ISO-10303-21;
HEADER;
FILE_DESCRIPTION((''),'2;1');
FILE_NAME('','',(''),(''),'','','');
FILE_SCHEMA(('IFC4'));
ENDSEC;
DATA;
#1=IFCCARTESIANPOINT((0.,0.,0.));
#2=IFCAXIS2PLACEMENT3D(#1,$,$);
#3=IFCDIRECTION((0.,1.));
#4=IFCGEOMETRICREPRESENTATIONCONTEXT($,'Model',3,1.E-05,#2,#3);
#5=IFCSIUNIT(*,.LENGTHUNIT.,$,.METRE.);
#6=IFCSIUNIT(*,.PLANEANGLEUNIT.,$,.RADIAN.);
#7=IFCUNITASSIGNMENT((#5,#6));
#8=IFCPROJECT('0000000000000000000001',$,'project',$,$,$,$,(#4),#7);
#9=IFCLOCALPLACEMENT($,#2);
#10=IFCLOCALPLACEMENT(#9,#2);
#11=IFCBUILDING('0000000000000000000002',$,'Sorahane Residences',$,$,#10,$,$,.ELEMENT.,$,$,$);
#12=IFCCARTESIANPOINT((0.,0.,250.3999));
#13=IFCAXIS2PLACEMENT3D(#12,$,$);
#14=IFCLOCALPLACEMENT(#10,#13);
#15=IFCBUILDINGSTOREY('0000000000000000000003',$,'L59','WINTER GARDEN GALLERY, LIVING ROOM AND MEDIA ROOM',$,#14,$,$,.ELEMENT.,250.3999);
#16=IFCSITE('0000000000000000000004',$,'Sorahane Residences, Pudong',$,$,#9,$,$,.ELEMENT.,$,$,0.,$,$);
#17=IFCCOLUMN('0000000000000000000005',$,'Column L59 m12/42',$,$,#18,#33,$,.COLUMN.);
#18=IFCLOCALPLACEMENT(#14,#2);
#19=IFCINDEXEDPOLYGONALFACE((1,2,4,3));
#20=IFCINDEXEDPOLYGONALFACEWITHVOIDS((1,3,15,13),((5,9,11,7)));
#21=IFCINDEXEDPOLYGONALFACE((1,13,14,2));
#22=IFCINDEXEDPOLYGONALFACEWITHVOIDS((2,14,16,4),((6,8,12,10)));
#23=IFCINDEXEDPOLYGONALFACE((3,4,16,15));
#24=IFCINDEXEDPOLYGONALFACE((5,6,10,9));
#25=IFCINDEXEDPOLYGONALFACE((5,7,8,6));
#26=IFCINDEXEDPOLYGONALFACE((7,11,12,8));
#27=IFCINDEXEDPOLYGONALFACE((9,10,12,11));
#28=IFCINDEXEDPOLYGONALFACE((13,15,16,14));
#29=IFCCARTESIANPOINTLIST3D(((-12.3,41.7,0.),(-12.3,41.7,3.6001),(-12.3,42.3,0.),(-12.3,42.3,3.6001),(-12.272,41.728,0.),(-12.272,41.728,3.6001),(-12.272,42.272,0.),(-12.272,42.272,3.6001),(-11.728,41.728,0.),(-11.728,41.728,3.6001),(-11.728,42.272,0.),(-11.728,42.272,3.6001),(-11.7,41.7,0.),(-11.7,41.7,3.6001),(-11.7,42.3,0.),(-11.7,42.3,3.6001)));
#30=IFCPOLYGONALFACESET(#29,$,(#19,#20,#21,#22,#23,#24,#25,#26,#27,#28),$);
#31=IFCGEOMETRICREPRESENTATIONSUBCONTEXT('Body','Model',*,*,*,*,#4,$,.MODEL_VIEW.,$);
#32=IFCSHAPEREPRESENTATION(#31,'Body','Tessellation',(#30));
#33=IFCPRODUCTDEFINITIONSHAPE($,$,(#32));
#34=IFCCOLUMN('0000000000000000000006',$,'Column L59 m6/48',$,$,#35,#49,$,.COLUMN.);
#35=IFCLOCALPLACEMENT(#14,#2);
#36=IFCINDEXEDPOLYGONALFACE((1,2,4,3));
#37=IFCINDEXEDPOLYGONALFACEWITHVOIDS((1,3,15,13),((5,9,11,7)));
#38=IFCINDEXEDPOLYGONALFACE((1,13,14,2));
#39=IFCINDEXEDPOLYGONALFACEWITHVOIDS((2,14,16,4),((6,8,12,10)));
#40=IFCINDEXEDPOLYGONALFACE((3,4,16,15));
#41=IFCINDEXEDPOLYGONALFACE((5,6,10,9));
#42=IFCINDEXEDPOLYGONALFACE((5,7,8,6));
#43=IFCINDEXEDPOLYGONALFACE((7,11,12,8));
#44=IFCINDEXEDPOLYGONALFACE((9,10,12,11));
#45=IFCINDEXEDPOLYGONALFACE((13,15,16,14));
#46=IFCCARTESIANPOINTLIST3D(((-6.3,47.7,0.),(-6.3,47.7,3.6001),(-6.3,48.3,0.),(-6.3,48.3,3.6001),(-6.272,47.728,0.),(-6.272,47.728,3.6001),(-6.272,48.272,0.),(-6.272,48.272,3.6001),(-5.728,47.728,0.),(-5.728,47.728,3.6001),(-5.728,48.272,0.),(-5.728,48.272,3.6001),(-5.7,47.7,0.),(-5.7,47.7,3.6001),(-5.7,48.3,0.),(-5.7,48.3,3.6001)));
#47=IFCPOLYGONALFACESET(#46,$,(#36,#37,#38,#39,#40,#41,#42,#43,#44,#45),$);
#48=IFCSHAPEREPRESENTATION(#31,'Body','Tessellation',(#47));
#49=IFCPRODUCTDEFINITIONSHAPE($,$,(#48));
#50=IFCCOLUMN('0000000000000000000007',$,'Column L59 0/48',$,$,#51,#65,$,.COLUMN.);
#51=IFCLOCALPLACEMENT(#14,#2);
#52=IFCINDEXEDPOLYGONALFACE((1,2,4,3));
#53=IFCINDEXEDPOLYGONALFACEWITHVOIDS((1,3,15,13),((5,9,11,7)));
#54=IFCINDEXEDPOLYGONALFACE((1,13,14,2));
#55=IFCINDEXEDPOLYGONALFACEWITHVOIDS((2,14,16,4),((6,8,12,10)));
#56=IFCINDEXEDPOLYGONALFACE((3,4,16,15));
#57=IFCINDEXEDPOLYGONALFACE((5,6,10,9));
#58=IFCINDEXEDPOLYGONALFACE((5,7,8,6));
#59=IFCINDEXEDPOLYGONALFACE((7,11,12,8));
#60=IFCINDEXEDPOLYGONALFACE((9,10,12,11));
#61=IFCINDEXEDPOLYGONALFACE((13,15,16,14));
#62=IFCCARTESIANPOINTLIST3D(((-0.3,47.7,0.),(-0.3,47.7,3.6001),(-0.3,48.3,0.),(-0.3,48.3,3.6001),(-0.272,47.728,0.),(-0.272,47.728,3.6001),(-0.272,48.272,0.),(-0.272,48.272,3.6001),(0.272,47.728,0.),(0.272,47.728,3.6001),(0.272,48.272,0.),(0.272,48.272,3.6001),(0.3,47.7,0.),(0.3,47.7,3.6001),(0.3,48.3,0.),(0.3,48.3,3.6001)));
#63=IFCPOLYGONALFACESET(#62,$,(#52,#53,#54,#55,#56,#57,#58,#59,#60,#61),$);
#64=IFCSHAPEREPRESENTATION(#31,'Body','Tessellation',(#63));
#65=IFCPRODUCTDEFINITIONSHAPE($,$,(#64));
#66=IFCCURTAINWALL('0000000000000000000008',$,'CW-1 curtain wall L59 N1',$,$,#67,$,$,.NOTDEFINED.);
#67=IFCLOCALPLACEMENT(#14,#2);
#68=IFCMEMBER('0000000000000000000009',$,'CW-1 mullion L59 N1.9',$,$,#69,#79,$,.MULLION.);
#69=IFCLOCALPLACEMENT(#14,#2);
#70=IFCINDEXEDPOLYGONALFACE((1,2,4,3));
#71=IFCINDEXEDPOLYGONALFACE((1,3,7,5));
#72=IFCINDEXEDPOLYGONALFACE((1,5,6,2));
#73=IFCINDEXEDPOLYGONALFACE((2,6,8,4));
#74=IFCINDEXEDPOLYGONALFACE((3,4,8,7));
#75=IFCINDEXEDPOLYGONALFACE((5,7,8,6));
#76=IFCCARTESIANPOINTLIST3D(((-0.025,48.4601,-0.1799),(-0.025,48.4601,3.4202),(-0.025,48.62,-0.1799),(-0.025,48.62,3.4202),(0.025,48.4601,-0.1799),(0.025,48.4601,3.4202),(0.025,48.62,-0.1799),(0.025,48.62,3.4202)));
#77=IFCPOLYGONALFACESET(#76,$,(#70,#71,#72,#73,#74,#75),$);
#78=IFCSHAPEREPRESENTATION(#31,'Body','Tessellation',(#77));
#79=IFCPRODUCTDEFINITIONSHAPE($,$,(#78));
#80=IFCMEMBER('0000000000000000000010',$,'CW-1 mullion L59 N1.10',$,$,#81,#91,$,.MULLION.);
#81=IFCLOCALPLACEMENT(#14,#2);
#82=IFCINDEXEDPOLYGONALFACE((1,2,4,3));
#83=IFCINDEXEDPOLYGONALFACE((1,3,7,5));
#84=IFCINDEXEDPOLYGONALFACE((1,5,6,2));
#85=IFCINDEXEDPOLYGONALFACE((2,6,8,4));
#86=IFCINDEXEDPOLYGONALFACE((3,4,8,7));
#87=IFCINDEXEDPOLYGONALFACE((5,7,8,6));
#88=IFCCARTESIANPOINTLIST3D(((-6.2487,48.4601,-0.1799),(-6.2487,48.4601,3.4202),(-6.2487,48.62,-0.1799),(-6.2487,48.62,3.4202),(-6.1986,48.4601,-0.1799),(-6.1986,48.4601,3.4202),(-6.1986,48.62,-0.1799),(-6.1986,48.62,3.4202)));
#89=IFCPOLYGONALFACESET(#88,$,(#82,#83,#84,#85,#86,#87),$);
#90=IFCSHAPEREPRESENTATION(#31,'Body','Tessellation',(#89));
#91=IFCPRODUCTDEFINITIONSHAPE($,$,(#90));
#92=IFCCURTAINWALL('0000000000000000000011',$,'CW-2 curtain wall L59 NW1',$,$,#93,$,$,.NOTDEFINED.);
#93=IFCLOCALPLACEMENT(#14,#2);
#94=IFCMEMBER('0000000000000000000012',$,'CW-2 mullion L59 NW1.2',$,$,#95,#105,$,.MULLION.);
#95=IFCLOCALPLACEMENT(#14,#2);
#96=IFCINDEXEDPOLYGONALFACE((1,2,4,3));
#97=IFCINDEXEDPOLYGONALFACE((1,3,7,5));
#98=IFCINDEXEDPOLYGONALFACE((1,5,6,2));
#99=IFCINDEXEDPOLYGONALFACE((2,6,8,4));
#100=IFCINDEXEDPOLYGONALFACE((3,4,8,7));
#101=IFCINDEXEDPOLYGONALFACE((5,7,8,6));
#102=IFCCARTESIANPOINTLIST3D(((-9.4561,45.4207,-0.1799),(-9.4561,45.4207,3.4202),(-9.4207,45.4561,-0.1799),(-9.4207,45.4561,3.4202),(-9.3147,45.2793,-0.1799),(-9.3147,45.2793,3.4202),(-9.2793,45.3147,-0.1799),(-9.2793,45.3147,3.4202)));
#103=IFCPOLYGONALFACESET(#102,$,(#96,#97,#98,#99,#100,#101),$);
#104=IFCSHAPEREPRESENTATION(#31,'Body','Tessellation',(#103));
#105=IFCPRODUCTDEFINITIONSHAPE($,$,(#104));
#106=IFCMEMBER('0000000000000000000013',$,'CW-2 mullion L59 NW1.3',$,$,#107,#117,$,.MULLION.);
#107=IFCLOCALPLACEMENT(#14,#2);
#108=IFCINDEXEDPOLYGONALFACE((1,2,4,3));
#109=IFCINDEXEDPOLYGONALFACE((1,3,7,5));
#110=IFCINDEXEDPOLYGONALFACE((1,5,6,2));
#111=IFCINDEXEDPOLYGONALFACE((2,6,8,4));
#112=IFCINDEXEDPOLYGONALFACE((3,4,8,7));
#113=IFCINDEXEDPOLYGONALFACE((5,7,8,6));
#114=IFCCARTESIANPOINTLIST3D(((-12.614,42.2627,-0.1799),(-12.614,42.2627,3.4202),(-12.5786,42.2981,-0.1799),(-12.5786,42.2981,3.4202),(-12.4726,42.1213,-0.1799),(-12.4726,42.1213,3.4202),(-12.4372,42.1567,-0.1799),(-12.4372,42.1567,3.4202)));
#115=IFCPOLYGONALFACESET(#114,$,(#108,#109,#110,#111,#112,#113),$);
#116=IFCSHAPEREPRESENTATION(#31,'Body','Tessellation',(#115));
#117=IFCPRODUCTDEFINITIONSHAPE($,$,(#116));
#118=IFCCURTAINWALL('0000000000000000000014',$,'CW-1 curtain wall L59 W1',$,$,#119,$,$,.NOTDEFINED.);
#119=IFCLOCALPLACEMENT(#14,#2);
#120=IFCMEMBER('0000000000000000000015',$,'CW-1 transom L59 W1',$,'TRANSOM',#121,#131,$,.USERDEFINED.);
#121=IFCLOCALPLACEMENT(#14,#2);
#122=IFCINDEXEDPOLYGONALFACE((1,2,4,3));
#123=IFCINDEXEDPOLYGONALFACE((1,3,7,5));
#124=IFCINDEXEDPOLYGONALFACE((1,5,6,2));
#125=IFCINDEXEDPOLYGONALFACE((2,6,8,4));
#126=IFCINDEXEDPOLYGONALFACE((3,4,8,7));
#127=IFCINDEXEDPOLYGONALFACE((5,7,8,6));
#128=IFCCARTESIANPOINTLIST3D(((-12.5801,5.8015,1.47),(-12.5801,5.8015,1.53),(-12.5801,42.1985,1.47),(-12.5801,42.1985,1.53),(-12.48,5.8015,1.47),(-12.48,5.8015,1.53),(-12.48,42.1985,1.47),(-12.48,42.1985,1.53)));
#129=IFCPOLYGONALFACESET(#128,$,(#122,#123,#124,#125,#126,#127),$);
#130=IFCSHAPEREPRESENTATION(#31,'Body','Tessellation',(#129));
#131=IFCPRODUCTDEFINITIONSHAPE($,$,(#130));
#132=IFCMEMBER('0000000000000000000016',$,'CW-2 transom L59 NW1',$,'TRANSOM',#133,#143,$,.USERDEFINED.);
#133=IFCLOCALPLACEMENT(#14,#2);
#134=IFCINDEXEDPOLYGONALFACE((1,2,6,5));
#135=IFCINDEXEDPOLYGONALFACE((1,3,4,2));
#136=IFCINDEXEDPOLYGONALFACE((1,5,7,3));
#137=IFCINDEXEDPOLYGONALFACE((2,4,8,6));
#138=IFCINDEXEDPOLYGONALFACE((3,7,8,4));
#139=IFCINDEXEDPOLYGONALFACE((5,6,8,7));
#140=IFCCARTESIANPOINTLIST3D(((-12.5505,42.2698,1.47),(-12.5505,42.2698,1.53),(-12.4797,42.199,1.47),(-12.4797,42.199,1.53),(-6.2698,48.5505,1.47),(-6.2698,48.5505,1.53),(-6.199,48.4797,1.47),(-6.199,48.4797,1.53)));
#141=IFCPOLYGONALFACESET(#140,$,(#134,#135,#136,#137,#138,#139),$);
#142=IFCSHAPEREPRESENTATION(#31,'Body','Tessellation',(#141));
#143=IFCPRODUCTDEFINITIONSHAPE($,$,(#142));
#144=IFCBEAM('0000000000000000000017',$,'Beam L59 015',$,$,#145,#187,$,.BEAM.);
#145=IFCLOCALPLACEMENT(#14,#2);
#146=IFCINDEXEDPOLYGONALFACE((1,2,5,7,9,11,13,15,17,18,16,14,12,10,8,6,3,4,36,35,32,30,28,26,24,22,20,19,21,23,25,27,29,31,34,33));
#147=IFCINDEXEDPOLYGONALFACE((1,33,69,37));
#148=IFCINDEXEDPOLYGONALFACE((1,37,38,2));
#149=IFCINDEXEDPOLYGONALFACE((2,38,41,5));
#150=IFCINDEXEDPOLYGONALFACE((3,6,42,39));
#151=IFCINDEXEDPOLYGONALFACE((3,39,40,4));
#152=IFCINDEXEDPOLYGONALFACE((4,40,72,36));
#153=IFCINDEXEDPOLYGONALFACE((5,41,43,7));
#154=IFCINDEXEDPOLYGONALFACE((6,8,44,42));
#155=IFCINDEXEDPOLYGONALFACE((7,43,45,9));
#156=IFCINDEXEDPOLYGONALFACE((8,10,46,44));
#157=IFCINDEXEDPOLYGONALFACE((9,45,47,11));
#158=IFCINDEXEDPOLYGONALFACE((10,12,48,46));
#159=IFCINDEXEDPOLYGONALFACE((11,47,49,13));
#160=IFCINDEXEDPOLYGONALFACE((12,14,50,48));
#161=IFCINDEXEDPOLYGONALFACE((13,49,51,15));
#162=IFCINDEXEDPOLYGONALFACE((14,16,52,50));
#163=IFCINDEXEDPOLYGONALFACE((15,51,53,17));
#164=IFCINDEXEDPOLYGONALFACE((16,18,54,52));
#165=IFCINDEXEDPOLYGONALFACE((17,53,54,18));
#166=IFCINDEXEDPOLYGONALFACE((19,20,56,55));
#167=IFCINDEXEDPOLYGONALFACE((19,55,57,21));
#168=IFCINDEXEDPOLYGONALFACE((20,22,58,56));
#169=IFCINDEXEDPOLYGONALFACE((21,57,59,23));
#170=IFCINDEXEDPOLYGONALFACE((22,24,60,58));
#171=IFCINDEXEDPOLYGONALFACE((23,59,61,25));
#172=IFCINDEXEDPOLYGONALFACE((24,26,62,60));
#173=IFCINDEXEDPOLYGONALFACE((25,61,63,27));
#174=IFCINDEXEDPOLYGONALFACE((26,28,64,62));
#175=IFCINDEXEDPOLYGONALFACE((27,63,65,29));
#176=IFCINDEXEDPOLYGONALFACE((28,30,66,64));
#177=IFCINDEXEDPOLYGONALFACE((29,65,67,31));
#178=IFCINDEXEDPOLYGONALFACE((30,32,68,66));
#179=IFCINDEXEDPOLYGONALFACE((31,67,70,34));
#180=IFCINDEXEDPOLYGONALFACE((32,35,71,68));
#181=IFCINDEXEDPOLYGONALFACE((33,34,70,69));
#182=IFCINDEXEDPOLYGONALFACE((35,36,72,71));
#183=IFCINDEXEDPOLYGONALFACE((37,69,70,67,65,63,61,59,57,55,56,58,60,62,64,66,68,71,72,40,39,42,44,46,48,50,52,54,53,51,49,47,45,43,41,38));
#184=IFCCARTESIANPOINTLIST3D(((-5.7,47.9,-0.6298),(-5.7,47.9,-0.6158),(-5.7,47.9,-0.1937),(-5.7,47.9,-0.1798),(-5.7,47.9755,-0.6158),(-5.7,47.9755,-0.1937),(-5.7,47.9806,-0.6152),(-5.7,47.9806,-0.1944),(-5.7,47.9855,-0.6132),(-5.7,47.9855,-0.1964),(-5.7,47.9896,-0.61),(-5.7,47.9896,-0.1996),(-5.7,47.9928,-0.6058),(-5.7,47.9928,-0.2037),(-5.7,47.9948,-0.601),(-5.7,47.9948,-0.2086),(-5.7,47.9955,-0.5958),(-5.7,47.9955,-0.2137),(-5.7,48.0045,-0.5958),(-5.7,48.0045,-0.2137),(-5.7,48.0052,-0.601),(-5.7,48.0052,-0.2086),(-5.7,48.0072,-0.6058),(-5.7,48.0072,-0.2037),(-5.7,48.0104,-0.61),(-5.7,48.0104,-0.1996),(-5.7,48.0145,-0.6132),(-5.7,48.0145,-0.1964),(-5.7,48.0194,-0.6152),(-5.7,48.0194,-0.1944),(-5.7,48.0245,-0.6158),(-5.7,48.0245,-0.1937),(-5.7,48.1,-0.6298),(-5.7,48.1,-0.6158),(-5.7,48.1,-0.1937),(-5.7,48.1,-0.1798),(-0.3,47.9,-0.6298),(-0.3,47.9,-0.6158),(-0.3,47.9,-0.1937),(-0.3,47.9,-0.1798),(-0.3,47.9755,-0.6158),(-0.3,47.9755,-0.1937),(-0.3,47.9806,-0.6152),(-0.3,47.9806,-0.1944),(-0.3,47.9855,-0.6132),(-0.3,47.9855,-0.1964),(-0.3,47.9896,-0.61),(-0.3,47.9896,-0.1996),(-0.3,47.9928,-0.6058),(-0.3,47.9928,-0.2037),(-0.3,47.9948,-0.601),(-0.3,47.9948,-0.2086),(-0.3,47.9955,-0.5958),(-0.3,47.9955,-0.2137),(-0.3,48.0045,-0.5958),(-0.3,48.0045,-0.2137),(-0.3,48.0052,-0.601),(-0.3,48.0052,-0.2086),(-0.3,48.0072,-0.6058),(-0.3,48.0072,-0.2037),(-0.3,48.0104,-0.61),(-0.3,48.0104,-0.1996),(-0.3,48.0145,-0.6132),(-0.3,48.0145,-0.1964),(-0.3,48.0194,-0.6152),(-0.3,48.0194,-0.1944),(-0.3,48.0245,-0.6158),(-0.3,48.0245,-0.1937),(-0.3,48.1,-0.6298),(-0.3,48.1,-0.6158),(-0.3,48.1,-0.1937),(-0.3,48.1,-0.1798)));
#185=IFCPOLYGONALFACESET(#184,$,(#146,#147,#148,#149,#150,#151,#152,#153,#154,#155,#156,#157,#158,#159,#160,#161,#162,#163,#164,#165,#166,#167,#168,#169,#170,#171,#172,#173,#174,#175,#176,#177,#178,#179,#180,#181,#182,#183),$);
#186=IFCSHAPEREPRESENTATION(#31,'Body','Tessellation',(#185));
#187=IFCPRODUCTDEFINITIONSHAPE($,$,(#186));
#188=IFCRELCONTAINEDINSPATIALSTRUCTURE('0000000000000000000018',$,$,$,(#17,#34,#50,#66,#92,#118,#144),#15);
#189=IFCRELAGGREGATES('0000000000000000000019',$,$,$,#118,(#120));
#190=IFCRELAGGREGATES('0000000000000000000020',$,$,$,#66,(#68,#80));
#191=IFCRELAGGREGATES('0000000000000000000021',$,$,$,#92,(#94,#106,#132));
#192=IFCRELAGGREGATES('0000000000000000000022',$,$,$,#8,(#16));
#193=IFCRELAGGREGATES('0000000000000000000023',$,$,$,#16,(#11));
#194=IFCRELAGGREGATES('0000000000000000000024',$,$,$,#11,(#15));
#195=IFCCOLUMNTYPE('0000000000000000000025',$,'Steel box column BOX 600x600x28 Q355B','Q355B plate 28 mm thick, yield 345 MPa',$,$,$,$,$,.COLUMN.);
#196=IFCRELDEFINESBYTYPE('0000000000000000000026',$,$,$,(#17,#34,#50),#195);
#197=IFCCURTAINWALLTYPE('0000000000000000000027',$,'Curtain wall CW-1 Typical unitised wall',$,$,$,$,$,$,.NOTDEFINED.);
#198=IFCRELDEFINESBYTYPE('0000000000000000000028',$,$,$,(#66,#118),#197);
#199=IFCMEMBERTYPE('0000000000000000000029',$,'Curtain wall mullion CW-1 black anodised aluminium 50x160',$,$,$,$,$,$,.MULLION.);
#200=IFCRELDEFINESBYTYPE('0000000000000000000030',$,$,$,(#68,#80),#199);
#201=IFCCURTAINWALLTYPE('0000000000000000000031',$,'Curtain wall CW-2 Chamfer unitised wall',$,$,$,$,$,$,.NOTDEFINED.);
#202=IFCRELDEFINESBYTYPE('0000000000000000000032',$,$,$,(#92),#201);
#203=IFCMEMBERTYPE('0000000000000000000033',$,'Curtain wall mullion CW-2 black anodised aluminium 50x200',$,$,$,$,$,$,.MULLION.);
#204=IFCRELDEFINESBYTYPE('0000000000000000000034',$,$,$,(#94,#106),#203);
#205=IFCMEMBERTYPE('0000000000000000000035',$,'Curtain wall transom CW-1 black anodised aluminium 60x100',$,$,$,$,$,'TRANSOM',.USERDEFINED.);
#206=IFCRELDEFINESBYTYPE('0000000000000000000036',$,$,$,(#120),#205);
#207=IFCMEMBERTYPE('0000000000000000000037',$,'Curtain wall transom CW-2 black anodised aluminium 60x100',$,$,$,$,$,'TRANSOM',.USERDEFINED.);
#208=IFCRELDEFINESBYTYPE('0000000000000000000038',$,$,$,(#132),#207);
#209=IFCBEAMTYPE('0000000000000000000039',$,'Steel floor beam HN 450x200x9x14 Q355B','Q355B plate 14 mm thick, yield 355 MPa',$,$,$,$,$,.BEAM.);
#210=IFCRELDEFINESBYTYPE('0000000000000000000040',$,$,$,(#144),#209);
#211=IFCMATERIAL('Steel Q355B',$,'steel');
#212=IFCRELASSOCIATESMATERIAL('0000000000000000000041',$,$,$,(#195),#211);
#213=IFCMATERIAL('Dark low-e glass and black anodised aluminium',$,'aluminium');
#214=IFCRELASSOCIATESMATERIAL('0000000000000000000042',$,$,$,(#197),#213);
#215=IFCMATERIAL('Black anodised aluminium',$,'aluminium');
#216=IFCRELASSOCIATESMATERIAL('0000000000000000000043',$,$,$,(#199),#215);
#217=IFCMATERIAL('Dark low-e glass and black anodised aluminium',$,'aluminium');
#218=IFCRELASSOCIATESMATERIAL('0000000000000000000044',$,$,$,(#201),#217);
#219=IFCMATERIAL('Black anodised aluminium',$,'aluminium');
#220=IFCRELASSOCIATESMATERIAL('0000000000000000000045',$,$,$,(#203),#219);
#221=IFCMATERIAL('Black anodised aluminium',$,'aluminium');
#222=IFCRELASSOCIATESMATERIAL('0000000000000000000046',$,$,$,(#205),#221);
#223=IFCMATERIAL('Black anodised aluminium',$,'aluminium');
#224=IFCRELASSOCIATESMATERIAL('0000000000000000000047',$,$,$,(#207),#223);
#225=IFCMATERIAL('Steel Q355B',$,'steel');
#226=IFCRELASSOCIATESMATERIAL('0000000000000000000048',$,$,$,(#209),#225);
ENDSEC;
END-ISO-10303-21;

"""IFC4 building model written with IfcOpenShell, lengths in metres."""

from ifc_helpers import new_model, si_unit, direction, frame, origin, origin_2d, place, context, subcontext, project, spatial, rectangle, hollow_rectangle, i_section, extrude, material, material_profile, profile_set, type_object, element, aggregate, save


model = new_model("IFC4")

# Units and contexts
model_context = context("Model", 3, precision=1e-05, world=origin(), true_north=direction((0.0, 1.0)))
body_context = subcontext(model_context, "Body", "Model", "MODEL_VIEW")
ifc_project = project(units=[si_unit("LENGTHUNIT", "METRE"), si_unit("PLANEANGLEUNIT", "RADIAN")], contexts=[model_context])

# Site, building, storey
site_placement = place(None, origin())
site = spatial("IfcSite", under=ifc_project, at=site_placement, Name="Sorahane Residences, Pudong", CompositionType="ELEMENT", RefElevation=0.0)
building_placement = place(site_placement, origin())
building = spatial("IfcBuilding", under=site, at=building_placement, Name="Sorahane Residences", CompositionType="ELEMENT")
storey_placement = place(building_placement, frame((0.0, 0.0, 250.3999)))
storey = spatial("IfcBuildingStorey", under=building, at=storey_placement, Name="L59", Description="WINTER GARDEN GALLERY, LIVING ROOM AND MEDIA ROOM", CompositionType="ELEMENT", Elevation=250.3999)

# Columns
ifc_material_1 = material(Name="Steel Q355B", Category="steel")
ifc_material_profile_1 = material_profile(ifc_material_1, hollow_rectangle(XDim=0.6001, YDim=0.6001, WallThickness=0.0281, at=origin_2d()), Name="BOX 600x600x28")
ifc_profile_set_1 = profile_set([ifc_material_profile_1], Name="Steel Q355B")
column_type = type_object("IfcColumnType", Name="Steel box column BOX 600x600x28 Q355B", Description="Q355B plate 28 mm thick, yield 345 MPa", PredefinedType="COLUMN", material=ifc_profile_set_1)
for number, where, z_axis, x_axis, name in (
    (1, (-12.0, 42.0, 0.0), (0.0, 0.0, 1.0), (1.0, 0.0, 0.0), "Column L59 m12/42"),
    (2, (-6.0, 48.0, 0.0), (0.0, 0.0, 1.0), (1.0, 0.0, 0.0), "Column L59 m6/48"),
    (3, (0.0, 48.0, 0.0), (0.0, 0.0, 1.0), (1.0, 0.0, 0.0), "Column L59 0/48"),
):
    element("IfcColumn", number, at=place(storey_placement, frame(where, z_axis=z_axis, x_axis=x_axis)), inside=storey, type_object=column_type, Name=name, PredefinedType="COLUMN", context=body_context, shape_type="SweptSolid", body=[
        extrude(hollow_rectangle(XDim=0.6001, YDim=0.6001, WallThickness=0.0281, at=origin_2d()), origin(), (0.0, 0.0, 1.0), 3.6001),
    ])

# Curtain walls, members
ifc_material_2 = material(Name="Dark low-e glass and black anodised aluminium", Category="aluminium")
curtain_wall_type_1 = type_object("IfcCurtainWallType", Name="Curtain wall CW-1 Typical unitised wall", PredefinedType="NOTDEFINED", material=ifc_material_2)
curtain_wall_1_placement = place(storey_placement, origin())
curtain_wall_1 = element("IfcCurtainWall", 4, at=curtain_wall_1_placement, inside=storey, type_object=curtain_wall_type_1, Name="CW-1 curtain wall L59 N1", PredefinedType="NOTDEFINED")
ifc_material_3 = material(Name="Black anodised aluminium", Category="aluminium")
ifc_material_profile_2 = material_profile(ifc_material_3, rectangle(XDim=0.1599, YDim=0.05, at=origin_2d()), Name="Curtain wall mullion CW-1 black anodised aluminium 50x160")
ifc_profile_set_2 = profile_set([ifc_material_profile_2], Name="Black anodised aluminium")
member_type_1 = type_object("IfcMemberType", Name="Curtain wall mullion CW-1 black anodised aluminium 50x160", PredefinedType="MULLION", material=ifc_profile_set_2)
member_1_placement = place(storey_placement, frame((0.0, 48.54, -0.1799), z_axis=(0.0, 0.0, 1.0), x_axis=(0.0, 1.0, 0.0)))
member_1 = element("IfcMember", 5, at=member_1_placement, type_object=member_type_1, Name="CW-1 mullion L59 N1.9", PredefinedType="MULLION", context=body_context, shape_type="SweptSolid", body=[
    extrude(rectangle(XDim=0.1599, YDim=0.05, at=origin_2d()), origin(), (0.0, 0.0, 1.0), 3.6001),
])
member_2_placement = place(storey_placement, frame((-6.2236, 48.54, -0.1799), z_axis=(0.0, 0.0, 1.0), x_axis=(0.0, 1.0, 0.0)))
member_2 = element("IfcMember", 6, at=member_2_placement, type_object=member_type_1, Name="CW-1 mullion L59 N1.10", PredefinedType="MULLION", context=body_context, shape_type="SweptSolid", body=[
    extrude(rectangle(XDim=0.1599, YDim=0.05, at=origin_2d()), origin(), (0.0, 0.0, 1.0), 3.6001),
])
ifc_material_4 = material(Name="Dark low-e glass and black anodised aluminium", Category="aluminium")
curtain_wall_type_2 = type_object("IfcCurtainWallType", Name="Curtain wall CW-2 Chamfer unitised wall", PredefinedType="NOTDEFINED", material=ifc_material_4)
curtain_wall_2_placement = place(storey_placement, origin())
curtain_wall_2 = element("IfcCurtainWall", 7, at=curtain_wall_2_placement, inside=storey, type_object=curtain_wall_type_2, Name="CW-2 curtain wall L59 NW1", PredefinedType="NOTDEFINED")
ifc_material_5 = material(Name="Black anodised aluminium", Category="aluminium")
ifc_material_profile_3 = material_profile(ifc_material_5, rectangle(XDim=0.2, YDim=0.05, at=origin_2d()), Name="Curtain wall mullion CW-2 black anodised aluminium 50x200")
ifc_profile_set_3 = profile_set([ifc_material_profile_3], Name="Black anodised aluminium")
member_type_2 = type_object("IfcMemberType", Name="Curtain wall mullion CW-2 black anodised aluminium 50x200", PredefinedType="MULLION", material=ifc_profile_set_3)
member_3_placement = place(storey_placement, frame((-9.3677, 45.3677, -0.1799), z_axis=(0.0, 0.0, 1.0), x_axis=(-0.707107, 0.707107, 0.0)))
member_3 = element("IfcMember", 8, at=member_3_placement, type_object=member_type_2, Name="CW-2 mullion L59 NW1.2", PredefinedType="MULLION", context=body_context, shape_type="SweptSolid", body=[
    extrude(rectangle(XDim=0.2, YDim=0.05, at=origin_2d()), origin(), (0.0, 0.0, 1.0), 3.6001),
])
member_4_placement = place(storey_placement, frame((-12.5256, 42.2097, -0.1799), z_axis=(0.0, 0.0, 1.0), x_axis=(-0.707107, 0.707107, 0.0)))
member_4 = element("IfcMember", 9, at=member_4_placement, type_object=member_type_2, Name="CW-2 mullion L59 NW1.3", PredefinedType="MULLION", context=body_context, shape_type="SweptSolid", body=[
    extrude(rectangle(XDim=0.2, YDim=0.05, at=origin_2d()), origin(), (0.0, 0.0, 1.0), 3.6001),
])

# Curtain wall, member
curtain_wall_3_placement = place(storey_placement, origin())
curtain_wall_3 = element("IfcCurtainWall", 10, at=curtain_wall_3_placement, inside=storey, type_object=curtain_wall_type_1, Name="CW-1 curtain wall L59 W1", PredefinedType="NOTDEFINED")
ifc_material_6 = material(Name="Black anodised aluminium", Category="aluminium")
ifc_material_profile_4 = material_profile(ifc_material_6, rectangle(XDim=0.1001, YDim=0.0601, at=origin_2d()), Name="Curtain wall transom CW-1 black anodised aluminium 60x100")
ifc_profile_set_4 = profile_set([ifc_material_profile_4], Name="Black anodised aluminium")
member_type_3 = type_object("IfcMemberType", Name="Curtain wall transom CW-1 black anodised aluminium 60x100", ElementType="TRANSOM", PredefinedType="USERDEFINED", material=ifc_profile_set_4)
member_5_placement = place(storey_placement, frame((-12.53, 42.1985, 1.5), z_axis=(0.0, -1.0, 0.0), x_axis=(1.0, 0.0, 0.0)))
member_5 = element("IfcMember", 11, at=member_5_placement, type_object=member_type_3, Name="CW-1 transom L59 W1", ObjectType="TRANSOM", PredefinedType="USERDEFINED", context=body_context, shape_type="SweptSolid", body=[
    extrude(rectangle(XDim=0.1001, YDim=0.0601, at=origin_2d()), origin(), (0.0, 0.0, 1.0), 36.397),
])
aggregate(curtain_wall_3, [member_5])

# Member
ifc_material_7 = material(Name="Black anodised aluminium", Category="aluminium")
ifc_material_profile_5 = material_profile(ifc_material_7, rectangle(XDim=0.1001, YDim=0.0601, at=origin_2d()), Name="Curtain wall transom CW-2 black anodised aluminium 60x100")
ifc_profile_set_5 = profile_set([ifc_material_profile_5], Name="Black anodised aluminium")
member_type_4 = type_object("IfcMemberType", Name="Curtain wall transom CW-2 black anodised aluminium 60x100", ElementType="TRANSOM", PredefinedType="USERDEFINED", material=ifc_profile_set_5)
member_6_placement = place(storey_placement, frame((-6.2344, 48.5151, 1.5), z_axis=(-0.707107, -0.707107, 0.0), x_axis=(0.707107, -0.707107, 0.0)))
member_6 = element("IfcMember", 12, at=member_6_placement, type_object=member_type_4, Name="CW-2 transom L59 NW1", ObjectType="TRANSOM", PredefinedType="USERDEFINED", context=body_context, shape_type="SweptSolid", body=[
    extrude(rectangle(XDim=0.1001, YDim=0.0601, at=origin_2d()), origin(), (0.0, 0.0, 1.0), 8.8823),
])

# Beam
ifc_material_8 = material(Name="Steel Q355B", Category="steel")
ifc_material_profile_6 = material_profile(ifc_material_8, i_section(OverallWidth=0.2, OverallDepth=0.45, WebThickness=0.009, FlangeThickness=0.0139, FilletRadius=0.02, at=origin_2d()), Name="HN 450x200x9x14")
ifc_profile_set_6 = profile_set([ifc_material_profile_6], Name="Steel Q355B")
beam_type_1 = type_object("IfcBeamType", Name="Steel floor beam HN 450x200x9x14 Q355B", Description="Q355B plate 14 mm thick, yield 355 MPa", PredefinedType="BEAM", material=ifc_profile_set_6)
beam_1_placement = place(storey_placement, frame((-5.7, 48.0, -0.4048), z_axis=(1.0, 0.0, 0.0), x_axis=(0.0, 1.0, 0.0)))
element("IfcBeam", 13, at=beam_1_placement, inside=storey, type_object=beam_type_1, Name="Beam L59 015", PredefinedType="BEAM", context=body_context, shape_type="SweptSolid", body=[
    extrude(i_section(OverallWidth=0.2, OverallDepth=0.45, WebThickness=0.009, FlangeThickness=0.0139, FilletRadius=0.02, at=origin_2d()), origin(), (0.0, 0.0, 1.0), 5.3999),
])

aggregate(curtain_wall_1, [member_1, member_2])
aggregate(curtain_wall_2, [member_3, member_4, member_6])

save(model, "model.ifc")
